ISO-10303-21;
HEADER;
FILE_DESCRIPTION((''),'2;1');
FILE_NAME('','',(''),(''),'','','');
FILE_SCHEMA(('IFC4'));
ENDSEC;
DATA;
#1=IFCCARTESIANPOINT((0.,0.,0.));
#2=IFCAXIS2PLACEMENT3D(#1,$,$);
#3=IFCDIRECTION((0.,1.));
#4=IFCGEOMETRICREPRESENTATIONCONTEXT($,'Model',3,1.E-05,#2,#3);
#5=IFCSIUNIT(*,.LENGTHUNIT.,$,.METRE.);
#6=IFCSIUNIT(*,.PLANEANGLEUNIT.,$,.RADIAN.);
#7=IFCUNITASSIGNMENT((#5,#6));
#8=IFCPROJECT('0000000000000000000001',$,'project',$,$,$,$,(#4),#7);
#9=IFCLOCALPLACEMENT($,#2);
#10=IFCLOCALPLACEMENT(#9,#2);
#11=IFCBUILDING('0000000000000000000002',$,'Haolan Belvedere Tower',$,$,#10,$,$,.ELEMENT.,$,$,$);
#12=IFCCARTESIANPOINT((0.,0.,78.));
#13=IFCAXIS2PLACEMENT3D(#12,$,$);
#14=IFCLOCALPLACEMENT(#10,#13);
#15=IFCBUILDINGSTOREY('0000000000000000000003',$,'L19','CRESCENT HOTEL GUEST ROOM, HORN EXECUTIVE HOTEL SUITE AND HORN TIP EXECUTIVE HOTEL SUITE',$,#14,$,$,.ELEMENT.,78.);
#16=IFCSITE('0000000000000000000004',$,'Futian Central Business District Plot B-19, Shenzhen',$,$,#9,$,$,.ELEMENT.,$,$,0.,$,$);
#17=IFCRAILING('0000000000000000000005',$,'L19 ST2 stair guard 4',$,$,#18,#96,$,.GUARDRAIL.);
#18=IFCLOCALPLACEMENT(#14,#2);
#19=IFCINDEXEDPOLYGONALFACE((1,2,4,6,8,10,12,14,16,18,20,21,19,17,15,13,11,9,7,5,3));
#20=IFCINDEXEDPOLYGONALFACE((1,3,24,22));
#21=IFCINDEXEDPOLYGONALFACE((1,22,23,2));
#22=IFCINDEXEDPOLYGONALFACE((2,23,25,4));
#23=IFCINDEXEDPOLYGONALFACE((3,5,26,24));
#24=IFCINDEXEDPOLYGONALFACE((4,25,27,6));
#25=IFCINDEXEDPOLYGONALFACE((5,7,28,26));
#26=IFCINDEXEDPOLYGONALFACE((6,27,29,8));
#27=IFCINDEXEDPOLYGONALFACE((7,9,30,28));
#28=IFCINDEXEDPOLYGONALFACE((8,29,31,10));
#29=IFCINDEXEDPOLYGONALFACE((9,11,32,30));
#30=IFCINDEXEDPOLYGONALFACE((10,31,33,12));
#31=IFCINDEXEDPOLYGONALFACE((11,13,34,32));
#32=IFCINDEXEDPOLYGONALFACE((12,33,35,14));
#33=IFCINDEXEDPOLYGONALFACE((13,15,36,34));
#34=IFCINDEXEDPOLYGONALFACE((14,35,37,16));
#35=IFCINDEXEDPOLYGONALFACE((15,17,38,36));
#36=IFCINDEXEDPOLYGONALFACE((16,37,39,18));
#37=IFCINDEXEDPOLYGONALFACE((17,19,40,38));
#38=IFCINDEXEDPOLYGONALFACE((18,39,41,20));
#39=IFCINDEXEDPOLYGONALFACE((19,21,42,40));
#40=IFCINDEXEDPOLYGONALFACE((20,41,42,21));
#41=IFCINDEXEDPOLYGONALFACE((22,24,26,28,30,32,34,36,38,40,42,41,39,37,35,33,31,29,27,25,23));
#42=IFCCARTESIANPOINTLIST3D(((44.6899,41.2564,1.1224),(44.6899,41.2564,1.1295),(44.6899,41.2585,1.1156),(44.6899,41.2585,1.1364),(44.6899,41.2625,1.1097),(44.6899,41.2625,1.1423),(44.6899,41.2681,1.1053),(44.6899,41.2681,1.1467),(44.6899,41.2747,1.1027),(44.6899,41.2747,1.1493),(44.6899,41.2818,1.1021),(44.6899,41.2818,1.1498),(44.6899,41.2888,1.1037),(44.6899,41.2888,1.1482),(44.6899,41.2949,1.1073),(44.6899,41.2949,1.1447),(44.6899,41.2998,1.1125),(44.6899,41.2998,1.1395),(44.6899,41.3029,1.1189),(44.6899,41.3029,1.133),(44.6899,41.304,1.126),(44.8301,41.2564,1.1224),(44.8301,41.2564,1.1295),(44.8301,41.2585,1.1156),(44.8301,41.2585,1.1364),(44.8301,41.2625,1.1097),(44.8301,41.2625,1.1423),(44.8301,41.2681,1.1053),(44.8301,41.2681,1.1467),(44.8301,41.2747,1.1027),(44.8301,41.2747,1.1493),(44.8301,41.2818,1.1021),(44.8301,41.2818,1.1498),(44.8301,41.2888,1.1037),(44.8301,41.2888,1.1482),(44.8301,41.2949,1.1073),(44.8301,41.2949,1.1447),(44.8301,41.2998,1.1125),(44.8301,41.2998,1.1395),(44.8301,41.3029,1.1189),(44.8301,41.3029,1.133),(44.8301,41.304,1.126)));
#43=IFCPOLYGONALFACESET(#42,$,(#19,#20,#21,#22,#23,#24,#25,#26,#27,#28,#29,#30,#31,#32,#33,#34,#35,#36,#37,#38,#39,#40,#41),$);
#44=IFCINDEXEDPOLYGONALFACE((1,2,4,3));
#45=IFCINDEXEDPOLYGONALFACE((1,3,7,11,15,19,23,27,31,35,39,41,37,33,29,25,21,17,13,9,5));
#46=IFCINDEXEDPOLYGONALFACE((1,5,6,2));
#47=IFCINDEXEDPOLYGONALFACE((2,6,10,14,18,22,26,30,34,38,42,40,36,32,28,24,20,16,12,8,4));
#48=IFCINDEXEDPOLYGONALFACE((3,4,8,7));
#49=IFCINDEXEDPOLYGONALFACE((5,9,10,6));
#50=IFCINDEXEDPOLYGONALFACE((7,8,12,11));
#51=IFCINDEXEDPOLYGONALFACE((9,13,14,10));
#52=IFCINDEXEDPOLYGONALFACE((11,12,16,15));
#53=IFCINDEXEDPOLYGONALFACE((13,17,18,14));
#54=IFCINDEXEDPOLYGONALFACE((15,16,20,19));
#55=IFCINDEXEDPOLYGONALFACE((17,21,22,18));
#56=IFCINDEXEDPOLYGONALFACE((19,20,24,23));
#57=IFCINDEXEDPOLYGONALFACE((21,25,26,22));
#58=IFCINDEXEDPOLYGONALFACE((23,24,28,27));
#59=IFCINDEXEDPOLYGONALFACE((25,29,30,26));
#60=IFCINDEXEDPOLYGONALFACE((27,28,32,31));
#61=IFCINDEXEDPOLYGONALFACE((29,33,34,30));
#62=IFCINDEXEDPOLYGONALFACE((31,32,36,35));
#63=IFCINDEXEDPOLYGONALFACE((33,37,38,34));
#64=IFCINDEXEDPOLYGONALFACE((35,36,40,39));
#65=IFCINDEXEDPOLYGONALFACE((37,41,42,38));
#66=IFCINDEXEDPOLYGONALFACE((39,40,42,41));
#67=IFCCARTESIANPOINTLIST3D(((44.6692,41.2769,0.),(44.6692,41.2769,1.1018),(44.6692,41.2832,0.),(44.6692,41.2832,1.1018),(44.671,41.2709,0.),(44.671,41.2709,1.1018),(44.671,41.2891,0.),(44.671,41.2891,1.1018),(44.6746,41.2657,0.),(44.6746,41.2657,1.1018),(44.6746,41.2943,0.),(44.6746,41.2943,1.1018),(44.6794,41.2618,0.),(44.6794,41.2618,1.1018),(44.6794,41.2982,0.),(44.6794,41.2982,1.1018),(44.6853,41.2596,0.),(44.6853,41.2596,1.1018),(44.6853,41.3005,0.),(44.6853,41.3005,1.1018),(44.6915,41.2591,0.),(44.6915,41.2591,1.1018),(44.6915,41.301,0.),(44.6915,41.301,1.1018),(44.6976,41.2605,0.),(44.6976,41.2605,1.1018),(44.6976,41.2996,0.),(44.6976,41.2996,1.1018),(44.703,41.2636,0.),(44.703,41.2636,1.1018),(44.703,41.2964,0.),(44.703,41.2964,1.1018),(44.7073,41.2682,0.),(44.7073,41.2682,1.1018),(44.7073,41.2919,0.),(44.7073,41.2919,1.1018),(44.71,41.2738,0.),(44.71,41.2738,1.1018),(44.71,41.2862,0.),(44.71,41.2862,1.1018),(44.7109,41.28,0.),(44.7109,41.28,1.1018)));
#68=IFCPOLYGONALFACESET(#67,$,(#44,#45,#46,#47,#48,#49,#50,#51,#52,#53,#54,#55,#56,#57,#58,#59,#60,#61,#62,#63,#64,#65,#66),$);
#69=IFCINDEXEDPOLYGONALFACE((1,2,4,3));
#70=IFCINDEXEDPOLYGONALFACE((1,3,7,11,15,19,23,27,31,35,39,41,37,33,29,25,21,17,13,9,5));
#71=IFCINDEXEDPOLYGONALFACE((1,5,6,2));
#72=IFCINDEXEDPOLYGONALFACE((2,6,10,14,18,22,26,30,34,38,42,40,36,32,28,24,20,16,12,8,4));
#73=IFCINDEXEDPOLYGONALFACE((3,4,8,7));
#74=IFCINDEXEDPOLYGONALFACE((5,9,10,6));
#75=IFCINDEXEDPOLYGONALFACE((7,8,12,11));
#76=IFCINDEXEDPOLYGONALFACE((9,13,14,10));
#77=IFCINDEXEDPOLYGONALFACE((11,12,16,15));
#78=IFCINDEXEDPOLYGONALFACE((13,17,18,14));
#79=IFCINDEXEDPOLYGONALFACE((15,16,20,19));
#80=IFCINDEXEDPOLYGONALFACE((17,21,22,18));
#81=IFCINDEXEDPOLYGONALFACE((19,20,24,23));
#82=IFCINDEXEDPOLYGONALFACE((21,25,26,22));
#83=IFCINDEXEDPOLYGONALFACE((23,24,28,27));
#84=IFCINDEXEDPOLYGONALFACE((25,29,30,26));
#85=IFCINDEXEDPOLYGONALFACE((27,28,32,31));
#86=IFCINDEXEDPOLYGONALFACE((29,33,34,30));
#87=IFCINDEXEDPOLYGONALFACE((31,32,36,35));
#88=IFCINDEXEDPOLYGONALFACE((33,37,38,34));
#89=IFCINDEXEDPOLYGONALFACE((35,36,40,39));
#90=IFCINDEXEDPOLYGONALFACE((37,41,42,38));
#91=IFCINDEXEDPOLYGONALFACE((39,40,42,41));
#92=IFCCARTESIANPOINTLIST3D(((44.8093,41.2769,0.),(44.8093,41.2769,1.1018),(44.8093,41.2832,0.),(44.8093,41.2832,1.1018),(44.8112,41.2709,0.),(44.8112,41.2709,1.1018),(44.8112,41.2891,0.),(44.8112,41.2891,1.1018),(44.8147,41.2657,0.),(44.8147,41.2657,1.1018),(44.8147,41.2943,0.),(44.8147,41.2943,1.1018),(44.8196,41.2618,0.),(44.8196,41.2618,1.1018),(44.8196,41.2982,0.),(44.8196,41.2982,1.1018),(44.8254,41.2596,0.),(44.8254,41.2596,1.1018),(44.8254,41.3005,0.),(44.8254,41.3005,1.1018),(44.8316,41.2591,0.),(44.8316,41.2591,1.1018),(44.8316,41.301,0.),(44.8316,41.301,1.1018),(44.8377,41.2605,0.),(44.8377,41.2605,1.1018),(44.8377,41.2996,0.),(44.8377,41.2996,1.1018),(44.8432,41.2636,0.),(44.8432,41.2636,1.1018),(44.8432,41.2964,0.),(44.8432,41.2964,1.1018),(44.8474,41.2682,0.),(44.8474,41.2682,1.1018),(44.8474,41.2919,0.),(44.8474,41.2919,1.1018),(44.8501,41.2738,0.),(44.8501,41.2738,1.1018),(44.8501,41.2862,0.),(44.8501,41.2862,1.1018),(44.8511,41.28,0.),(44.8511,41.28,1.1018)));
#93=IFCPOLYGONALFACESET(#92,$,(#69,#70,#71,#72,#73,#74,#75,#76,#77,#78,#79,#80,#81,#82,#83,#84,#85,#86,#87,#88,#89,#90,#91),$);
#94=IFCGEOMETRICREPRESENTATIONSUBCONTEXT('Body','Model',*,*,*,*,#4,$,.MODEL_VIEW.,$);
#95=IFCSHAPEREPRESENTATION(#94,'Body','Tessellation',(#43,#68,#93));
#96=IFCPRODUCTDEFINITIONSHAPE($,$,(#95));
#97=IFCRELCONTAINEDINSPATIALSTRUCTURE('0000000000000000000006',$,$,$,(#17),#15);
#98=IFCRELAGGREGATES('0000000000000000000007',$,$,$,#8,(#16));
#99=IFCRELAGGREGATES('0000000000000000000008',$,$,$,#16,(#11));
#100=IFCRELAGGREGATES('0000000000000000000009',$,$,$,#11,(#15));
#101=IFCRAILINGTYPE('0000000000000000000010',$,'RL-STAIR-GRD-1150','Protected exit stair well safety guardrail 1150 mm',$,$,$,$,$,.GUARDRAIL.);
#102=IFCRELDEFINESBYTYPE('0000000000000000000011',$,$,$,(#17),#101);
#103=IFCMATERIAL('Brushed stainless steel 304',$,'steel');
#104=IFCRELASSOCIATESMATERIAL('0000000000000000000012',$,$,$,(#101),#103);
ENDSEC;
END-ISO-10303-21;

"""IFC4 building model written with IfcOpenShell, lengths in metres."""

from ifc_helpers import new_model, si_unit, direction, frame, origin, origin_2d, place, context, subcontext, project, spatial, circle, extrude, material, type_object, element, save


model = new_model("IFC4")

# Units and contexts
model_context = context("Model", 3, precision=1e-05, world=origin(), true_north=direction((0.0, 1.0)))
body_context = subcontext(model_context, "Body", "Model", "MODEL_VIEW")
ifc_project = project(units=[si_unit("LENGTHUNIT", "METRE"), si_unit("PLANEANGLEUNIT", "RADIAN")], contexts=[model_context])

# Site, building, storey
site_placement = place(None, origin())
site = spatial("IfcSite", under=ifc_project, at=site_placement, Name="Futian Central Business District Plot B-19, Shenzhen", CompositionType="ELEMENT", RefElevation=0.0)
building_placement = place(site_placement, origin())
building = spatial("IfcBuilding", under=site, at=building_placement, Name="Haolan Belvedere Tower", CompositionType="ELEMENT")
storey_placement = place(building_placement, frame((0.0, 0.0, 78.0)))
storey = spatial("IfcBuildingStorey", under=building, at=storey_placement, Name="L19", Description="CRESCENT HOTEL GUEST ROOM, HORN EXECUTIVE HOTEL SUITE AND HORN TIP EXECUTIVE HOTEL SUITE", CompositionType="ELEMENT", Elevation=78.0)

# Railing
ifc_material_1 = material(Name="Brushed stainless steel 304", Category="steel")
railing_type_1 = type_object("IfcRailingType", Name="RL-STAIR-GRD-1150", Description="Protected exit stair well safety guardrail 1150 mm", PredefinedType="GUARDRAIL", material=ifc_material_1)
railing_1_placement = place(storey_placement, frame((44.6899, 41.28, 0.0)))
element("IfcRailing", 1, at=railing_1_placement, inside=storey, type_object=railing_type_1, Name="L19 ST2 stair guard 4", PredefinedType="GUARDRAIL", context=body_context, shape_type="SweptSolid", body=[
    extrude(circle(Radius=0.0239, at=origin_2d()), frame((0.0, 0.0, 1.126), z_axis=(1.0, 0.0, 0.0), x_axis=(0.0, 1.0, 0.0)), (0.0, 0.0, 1.0), 0.1401),
    extrude(circle(Radius=0.021, at=origin_2d()), origin(), (0.0, 0.0, 1.0), 1.1018),
    extrude(circle(Radius=0.021, at=origin_2d()), frame((0.1401, 0.0, 0.0)), (0.0, 0.0, 1.0), 1.1018),
])

save(model, "model.ifc")
